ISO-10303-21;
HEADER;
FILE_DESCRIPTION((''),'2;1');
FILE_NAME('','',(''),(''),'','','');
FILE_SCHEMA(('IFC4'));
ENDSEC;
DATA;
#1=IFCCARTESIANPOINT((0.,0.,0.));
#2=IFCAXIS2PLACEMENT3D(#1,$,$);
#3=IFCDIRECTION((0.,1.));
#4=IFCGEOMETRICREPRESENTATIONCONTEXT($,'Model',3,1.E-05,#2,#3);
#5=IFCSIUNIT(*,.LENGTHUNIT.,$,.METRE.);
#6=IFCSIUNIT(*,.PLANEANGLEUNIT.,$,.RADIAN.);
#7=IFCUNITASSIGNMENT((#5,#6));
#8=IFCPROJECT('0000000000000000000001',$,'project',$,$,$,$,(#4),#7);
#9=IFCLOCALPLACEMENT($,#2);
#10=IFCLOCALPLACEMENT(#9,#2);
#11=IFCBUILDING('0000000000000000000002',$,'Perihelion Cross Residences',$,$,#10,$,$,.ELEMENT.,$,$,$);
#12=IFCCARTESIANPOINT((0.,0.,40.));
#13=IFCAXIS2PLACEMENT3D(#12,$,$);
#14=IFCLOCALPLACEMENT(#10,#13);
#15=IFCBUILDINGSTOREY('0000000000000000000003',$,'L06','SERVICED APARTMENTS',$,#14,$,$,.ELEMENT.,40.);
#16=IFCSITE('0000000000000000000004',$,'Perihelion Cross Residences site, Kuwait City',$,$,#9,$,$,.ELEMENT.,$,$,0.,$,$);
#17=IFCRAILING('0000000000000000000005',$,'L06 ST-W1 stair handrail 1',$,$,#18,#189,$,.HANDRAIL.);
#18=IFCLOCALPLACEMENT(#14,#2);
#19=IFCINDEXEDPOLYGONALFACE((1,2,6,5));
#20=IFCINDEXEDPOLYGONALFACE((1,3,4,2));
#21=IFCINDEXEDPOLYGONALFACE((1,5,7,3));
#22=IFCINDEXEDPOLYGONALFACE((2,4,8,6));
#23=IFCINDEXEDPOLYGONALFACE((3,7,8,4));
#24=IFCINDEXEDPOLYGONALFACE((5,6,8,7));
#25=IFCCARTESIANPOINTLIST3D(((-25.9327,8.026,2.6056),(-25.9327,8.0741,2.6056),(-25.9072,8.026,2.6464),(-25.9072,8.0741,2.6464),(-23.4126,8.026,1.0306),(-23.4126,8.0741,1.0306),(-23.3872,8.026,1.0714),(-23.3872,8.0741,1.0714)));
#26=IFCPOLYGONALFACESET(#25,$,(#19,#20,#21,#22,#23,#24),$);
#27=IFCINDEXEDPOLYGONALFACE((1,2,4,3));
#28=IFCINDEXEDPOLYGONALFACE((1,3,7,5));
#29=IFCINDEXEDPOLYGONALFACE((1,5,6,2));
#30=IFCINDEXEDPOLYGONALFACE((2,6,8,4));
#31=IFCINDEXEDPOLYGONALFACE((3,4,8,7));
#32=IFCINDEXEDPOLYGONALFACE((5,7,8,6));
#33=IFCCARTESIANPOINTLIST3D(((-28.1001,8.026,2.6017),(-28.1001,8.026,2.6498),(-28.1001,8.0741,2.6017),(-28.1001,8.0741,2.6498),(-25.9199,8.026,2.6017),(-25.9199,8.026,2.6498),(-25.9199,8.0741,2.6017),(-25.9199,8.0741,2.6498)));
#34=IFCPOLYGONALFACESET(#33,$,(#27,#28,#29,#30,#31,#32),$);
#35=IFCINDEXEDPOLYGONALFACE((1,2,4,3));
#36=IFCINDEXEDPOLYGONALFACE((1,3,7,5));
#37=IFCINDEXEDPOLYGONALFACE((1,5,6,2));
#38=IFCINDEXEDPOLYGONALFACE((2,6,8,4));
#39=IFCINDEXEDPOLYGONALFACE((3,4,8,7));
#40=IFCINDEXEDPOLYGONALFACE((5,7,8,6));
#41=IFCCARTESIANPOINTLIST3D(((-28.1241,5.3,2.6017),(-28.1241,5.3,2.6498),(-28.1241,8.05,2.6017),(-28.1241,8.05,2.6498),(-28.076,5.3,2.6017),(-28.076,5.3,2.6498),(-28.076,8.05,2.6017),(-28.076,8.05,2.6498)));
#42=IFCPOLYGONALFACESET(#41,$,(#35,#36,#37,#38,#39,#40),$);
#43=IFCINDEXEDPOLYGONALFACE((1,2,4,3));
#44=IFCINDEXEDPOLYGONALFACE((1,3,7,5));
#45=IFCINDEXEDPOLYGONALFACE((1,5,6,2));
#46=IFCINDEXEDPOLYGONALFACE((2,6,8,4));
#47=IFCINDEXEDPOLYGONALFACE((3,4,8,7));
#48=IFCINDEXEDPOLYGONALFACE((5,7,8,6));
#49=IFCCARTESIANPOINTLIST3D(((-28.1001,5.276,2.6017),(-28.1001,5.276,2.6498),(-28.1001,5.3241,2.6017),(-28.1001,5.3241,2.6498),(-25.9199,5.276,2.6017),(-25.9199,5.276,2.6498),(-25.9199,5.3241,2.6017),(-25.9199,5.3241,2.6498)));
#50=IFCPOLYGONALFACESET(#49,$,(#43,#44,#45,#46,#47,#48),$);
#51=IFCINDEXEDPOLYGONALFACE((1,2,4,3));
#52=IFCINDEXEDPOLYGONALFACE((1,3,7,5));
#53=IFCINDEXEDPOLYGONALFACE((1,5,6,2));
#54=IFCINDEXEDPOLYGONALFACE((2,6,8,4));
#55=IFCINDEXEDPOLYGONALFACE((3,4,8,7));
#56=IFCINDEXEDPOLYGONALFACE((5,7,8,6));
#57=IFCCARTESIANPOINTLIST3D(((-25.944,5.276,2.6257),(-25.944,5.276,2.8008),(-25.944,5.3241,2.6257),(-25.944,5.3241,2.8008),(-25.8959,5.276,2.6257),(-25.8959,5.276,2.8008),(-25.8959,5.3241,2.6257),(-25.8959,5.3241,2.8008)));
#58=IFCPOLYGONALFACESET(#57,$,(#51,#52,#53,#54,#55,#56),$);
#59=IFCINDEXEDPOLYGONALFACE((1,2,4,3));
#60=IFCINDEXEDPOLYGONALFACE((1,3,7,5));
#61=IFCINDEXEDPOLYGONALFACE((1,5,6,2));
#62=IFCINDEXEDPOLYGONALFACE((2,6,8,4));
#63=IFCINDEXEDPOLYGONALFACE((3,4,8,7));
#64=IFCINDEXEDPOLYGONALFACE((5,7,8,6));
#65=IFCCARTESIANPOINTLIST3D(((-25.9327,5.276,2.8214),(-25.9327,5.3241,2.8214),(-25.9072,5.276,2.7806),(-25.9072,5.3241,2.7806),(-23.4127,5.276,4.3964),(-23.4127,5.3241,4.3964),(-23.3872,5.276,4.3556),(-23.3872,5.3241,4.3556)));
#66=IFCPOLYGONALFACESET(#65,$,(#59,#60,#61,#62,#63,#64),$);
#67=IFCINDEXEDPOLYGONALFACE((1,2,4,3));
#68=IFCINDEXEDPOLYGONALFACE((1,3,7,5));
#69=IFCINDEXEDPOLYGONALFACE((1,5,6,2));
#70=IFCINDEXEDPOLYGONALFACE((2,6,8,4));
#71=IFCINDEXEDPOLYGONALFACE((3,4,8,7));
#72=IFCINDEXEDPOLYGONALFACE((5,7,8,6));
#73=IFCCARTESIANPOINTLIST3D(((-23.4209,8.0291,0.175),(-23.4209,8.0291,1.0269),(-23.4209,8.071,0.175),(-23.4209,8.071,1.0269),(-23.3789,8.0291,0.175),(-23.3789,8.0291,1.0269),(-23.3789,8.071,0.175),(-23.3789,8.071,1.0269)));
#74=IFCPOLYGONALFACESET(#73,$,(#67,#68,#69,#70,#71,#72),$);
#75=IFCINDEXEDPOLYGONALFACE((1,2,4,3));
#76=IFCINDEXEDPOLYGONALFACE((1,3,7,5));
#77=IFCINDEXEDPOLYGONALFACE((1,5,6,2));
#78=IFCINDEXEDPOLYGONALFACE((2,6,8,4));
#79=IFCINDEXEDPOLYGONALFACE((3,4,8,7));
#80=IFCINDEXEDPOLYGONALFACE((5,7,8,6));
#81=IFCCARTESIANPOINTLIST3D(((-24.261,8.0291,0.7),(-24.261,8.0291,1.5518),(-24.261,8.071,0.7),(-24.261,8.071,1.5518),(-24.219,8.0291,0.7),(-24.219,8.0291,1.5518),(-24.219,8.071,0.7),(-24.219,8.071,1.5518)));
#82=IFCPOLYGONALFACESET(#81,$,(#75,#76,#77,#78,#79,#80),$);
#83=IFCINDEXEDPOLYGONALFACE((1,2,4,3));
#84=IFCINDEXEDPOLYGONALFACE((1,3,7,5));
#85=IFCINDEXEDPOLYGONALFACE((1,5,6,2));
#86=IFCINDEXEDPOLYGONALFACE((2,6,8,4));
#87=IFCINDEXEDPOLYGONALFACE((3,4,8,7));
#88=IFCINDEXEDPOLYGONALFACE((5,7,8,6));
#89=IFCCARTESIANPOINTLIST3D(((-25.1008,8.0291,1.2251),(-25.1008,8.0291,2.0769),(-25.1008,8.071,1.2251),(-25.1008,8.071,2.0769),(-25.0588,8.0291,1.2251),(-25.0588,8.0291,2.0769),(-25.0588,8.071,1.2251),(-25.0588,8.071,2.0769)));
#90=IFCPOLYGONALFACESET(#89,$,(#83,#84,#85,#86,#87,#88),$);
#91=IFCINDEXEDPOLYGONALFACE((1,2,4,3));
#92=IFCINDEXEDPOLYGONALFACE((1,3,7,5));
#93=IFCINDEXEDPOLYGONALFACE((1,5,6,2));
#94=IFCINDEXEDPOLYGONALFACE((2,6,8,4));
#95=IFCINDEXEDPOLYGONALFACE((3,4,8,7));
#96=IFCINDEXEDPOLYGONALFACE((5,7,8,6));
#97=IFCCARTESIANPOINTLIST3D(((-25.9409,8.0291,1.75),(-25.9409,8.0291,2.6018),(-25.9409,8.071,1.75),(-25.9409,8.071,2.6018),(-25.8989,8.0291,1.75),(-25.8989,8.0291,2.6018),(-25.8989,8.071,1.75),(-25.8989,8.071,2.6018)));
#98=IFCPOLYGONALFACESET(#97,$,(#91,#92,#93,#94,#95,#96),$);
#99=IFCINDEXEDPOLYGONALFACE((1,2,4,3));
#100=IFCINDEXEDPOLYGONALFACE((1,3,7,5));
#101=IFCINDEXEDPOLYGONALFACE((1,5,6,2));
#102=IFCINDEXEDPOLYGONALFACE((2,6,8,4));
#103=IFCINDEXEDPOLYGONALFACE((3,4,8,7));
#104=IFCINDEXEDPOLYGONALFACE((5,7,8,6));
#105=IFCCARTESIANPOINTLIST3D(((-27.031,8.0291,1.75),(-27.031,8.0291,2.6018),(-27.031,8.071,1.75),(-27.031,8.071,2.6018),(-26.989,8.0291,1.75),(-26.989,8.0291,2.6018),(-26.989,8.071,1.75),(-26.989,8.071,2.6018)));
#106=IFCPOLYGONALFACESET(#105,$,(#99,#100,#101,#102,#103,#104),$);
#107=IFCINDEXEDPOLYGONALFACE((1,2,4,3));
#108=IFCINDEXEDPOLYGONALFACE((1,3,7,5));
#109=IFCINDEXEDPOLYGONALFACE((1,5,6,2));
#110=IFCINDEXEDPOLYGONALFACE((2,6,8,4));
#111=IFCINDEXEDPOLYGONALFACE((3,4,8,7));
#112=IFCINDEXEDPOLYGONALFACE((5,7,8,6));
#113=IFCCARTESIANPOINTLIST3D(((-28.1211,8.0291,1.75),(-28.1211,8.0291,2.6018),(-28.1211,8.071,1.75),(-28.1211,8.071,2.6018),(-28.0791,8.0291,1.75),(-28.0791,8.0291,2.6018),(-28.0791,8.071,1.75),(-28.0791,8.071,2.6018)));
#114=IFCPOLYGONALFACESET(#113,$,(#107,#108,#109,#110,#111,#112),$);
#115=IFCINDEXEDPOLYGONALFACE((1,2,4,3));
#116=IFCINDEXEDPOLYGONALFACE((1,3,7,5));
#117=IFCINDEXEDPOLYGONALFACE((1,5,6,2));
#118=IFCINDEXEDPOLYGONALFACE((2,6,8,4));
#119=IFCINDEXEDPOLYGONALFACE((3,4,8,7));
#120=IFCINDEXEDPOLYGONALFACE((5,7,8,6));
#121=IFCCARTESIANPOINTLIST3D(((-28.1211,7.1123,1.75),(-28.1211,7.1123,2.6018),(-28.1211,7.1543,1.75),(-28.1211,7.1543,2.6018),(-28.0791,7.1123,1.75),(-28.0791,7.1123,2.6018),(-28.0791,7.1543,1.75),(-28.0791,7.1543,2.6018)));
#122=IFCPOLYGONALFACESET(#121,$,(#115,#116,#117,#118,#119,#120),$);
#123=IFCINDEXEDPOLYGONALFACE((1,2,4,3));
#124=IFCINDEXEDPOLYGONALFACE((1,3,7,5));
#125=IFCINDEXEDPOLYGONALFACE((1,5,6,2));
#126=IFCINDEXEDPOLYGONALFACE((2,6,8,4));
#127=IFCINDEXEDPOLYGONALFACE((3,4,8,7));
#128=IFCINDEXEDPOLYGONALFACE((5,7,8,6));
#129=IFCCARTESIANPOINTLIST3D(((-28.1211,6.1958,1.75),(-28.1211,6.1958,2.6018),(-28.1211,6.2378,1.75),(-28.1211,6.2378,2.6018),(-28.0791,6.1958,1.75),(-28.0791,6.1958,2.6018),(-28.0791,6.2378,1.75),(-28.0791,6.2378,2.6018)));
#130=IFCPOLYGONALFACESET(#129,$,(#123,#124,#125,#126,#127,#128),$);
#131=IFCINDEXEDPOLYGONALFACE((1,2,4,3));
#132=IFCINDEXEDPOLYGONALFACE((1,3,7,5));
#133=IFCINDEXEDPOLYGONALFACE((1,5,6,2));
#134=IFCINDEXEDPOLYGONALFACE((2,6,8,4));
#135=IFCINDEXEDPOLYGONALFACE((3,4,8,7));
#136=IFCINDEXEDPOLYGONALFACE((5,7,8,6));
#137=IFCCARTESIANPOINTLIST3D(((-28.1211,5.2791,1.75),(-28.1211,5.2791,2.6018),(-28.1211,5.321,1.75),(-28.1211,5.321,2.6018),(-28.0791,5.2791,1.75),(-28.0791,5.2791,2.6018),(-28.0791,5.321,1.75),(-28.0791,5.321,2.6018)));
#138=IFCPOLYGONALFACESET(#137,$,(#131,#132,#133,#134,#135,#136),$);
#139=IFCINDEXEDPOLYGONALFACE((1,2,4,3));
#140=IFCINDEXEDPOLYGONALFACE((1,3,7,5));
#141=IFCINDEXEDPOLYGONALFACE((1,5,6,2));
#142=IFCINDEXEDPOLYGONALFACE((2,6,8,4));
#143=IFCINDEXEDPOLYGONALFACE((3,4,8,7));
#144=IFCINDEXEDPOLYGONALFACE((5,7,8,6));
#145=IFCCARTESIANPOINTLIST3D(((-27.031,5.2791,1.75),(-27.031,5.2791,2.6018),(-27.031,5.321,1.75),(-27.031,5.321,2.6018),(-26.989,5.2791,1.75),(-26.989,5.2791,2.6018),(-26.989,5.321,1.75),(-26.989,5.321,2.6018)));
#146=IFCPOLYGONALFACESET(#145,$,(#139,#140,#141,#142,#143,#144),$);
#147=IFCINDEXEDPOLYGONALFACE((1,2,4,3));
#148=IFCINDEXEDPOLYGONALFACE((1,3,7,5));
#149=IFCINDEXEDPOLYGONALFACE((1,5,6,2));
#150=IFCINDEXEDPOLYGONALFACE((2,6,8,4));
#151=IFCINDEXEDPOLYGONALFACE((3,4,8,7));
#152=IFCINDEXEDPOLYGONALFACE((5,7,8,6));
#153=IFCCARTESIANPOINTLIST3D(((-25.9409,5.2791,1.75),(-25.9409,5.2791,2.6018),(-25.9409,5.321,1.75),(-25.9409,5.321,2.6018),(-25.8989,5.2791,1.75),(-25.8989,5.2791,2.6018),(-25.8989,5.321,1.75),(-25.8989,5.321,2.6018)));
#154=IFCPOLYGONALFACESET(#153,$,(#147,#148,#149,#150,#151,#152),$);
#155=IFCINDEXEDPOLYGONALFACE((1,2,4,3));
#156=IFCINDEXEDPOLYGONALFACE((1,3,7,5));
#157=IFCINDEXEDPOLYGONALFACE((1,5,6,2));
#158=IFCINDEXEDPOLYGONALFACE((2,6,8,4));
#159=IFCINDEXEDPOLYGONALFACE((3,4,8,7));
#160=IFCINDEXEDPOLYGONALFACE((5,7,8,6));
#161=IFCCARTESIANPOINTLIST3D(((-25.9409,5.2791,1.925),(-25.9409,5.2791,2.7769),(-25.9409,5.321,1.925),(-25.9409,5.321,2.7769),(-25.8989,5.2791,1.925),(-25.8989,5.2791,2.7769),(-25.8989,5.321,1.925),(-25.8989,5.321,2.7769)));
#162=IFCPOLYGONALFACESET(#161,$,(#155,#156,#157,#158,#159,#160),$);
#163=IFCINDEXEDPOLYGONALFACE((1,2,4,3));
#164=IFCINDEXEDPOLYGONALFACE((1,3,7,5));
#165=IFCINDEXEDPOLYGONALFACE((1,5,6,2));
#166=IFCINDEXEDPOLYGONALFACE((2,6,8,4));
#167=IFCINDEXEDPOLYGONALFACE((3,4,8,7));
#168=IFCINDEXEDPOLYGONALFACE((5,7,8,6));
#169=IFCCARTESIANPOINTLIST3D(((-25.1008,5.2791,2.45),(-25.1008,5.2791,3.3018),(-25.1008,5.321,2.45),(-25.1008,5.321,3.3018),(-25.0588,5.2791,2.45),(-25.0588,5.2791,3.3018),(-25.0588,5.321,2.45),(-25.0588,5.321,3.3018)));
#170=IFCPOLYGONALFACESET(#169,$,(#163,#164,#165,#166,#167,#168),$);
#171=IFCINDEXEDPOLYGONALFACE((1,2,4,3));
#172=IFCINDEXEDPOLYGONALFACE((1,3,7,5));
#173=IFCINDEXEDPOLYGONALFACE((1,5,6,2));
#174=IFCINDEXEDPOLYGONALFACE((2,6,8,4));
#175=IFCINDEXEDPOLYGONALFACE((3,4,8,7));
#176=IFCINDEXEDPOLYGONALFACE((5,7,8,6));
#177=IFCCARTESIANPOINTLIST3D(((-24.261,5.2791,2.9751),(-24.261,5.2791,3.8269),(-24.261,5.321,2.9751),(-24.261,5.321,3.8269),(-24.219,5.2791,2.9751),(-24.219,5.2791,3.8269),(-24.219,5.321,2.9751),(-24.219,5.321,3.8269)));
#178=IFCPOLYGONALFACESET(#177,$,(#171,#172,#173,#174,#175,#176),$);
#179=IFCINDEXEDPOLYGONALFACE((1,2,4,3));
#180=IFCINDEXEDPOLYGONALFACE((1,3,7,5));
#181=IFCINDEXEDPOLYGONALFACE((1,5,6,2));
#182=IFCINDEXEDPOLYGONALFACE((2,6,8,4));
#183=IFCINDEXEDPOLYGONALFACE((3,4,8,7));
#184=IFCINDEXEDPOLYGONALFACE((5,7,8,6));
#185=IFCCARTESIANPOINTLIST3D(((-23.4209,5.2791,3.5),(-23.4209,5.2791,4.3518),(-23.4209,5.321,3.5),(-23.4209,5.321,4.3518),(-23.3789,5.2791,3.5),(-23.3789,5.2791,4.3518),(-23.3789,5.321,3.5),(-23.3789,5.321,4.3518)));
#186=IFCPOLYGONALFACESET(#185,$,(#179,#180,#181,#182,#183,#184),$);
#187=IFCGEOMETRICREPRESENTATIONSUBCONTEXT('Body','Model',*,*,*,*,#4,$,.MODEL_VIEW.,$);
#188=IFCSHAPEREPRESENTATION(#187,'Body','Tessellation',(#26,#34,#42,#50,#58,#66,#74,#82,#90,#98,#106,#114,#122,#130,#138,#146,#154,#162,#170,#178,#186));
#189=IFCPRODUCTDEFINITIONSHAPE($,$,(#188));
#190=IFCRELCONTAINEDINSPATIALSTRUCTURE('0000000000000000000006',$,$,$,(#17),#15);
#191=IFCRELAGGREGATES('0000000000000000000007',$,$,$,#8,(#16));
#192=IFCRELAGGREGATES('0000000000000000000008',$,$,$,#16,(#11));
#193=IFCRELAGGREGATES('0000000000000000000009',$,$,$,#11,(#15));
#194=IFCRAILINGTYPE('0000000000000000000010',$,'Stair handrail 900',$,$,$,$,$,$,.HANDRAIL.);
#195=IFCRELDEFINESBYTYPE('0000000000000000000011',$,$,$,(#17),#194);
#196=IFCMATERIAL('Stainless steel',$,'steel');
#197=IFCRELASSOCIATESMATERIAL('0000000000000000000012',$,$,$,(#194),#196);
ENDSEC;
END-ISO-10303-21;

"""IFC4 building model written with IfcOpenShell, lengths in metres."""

from ifc_helpers import new_model, si_unit, direction, frame, origin, origin_2d, place, context, subcontext, project, spatial, rectangle, extrude, material, type_object, element, save


model = new_model("IFC4")

# Units and contexts
model_context = context("Model", 3, precision=1e-05, world=origin(), true_north=direction((0.0, 1.0)))
body_context = subcontext(model_context, "Body", "Model", "MODEL_VIEW")
ifc_project = project(units=[si_unit("LENGTHUNIT", "METRE"), si_unit("PLANEANGLEUNIT", "RADIAN")], contexts=[model_context])

# Site, building, storey
site_placement = place(None, origin())
site = spatial("IfcSite", under=ifc_project, at=site_placement, Name="Perihelion Cross Residences site, Kuwait City", CompositionType="ELEMENT", RefElevation=0.0)
building_placement = place(site_placement, origin())
building = spatial("IfcBuilding", under=site, at=building_placement, Name="Perihelion Cross Residences", CompositionType="ELEMENT")
storey_placement = place(building_placement, frame((0.0, 0.0, 40.0)))
storey = spatial("IfcBuildingStorey", under=building, at=storey_placement, Name="L06", Description="SERVICED APARTMENTS", CompositionType="ELEMENT", Elevation=40.0)

# Railing
ifc_material_1 = material(Name="Stainless steel", Category="steel")
railing_type_1 = type_object("IfcRailingType", Name="Stair handrail 900", PredefinedType="HANDRAIL", material=ifc_material_1)
railing_1_placement = place(storey_placement, frame((-23.3999, 8.05, 0.175)))
element("IfcRailing", 1, at=railing_1_placement, inside=storey, type_object=railing_type_1, Name="L06 ST-W1 stair handrail 1", PredefinedType="HANDRAIL", context=body_context, shape_type="SweptSolid", body=[
    extrude(rectangle(XDim=0.0481, YDim=0.0481, at=origin_2d()), frame((0.0, 0.0, 0.876), z_axis=(-0.848008, 0.0, 0.529984), x_axis=(0.0, -1.0, 0.0)), (0.0, 0.0, 1.0), 2.9717),
    extrude(rectangle(XDim=0.0481, YDim=0.0481, at=origin_2d()), frame((-2.52, 0.0, 2.4507), z_axis=(-1.0, 0.0, 0.0), x_axis=(0.0, -1.0, 0.0)), (0.0, 0.0, 1.0), 2.1802),
    extrude(rectangle(XDim=0.0481, YDim=0.0481, at=origin_2d()), frame((-4.7002, 0.0, 2.4507), z_axis=(0.0, -1.0, 0.0), x_axis=(1.0, 0.0, 0.0)), (0.0, 0.0, 1.0), 2.75),
    extrude(rectangle(XDim=0.0481, YDim=0.0481, at=origin_2d()), frame((-4.7002, -2.75, 2.4507), z_axis=(1.0, 0.0, 0.0), x_axis=(0.0, 1.0, 0.0)), (0.0, 0.0, 1.0), 2.1802),
    extrude(rectangle(XDim=0.0481, YDim=0.0481, at=origin_2d()), frame((-2.52, -2.75, 2.4507), z_axis=(0.0, 0.0, 1.0), x_axis=(1.0, 0.0, 0.0)), (0.0, 0.0, 1.0), 0.175),
    extrude(rectangle(XDim=0.0481, YDim=0.0481, at=origin_2d()), frame((-2.52, -2.75, 2.626), z_axis=(0.848008, 0.0, 0.529984), x_axis=(0.0, 1.0, 0.0)), (0.0, 0.0, 1.0), 2.9717),
    extrude(rectangle(XDim=0.042, YDim=0.042, at=origin_2d()), origin(), (0.0, 0.0, 1.0), 0.8518),
    extrude(rectangle(XDim=0.042, YDim=0.042, at=origin_2d()), frame((-0.8401, 0.0, 0.5249)), (0.0, 0.0, 1.0), 0.8518),
    extrude(rectangle(XDim=0.042, YDim=0.042, at=origin_2d()), frame((-1.6799, 0.0, 1.05)), (0.0, 0.0, 1.0), 0.8518),
    extrude(rectangle(XDim=0.042, YDim=0.042, at=origin_2d()), frame((-2.52, 0.0, 1.575)), (0.0, 0.0, 1.0), 0.8518),
    extrude(rectangle(XDim=0.042, YDim=0.042, at=origin_2d()), frame((-3.6101, 0.0, 1.575)), (0.0, 0.0, 1.0), 0.8518),
    extrude(rectangle(XDim=0.042, YDim=0.042, at=origin_2d()), frame((-4.7002, 0.0, 1.575)), (0.0, 0.0, 1.0), 0.8518),
    extrude(rectangle(XDim=0.042, YDim=0.042, at=origin_2d()), frame((-4.7002, -0.9167, 1.575)), (0.0, 0.0, 1.0), 0.8518),
    extrude(rectangle(XDim=0.042, YDim=0.042, at=origin_2d()), frame((-4.7002, -1.8333, 1.575)), (0.0, 0.0, 1.0), 0.8518),
    extrude(rectangle(XDim=0.042, YDim=0.042, at=origin_2d()), frame((-4.7002, -2.75, 1.575)), (0.0, 0.0, 1.0), 0.8518),
    extrude(rectangle(XDim=0.042, YDim=0.042, at=origin_2d()), frame((-3.6101, -2.75, 1.575)), (0.0, 0.0, 1.0), 0.8518),
    extrude(rectangle(XDim=0.042, YDim=0.042, at=origin_2d()), frame((-2.52, -2.75, 1.575)), (0.0, 0.0, 1.0), 0.8518),
    extrude(rectangle(XDim=0.042, YDim=0.042, at=origin_2d()), frame((-2.52, -2.75, 1.75)), (0.0, 0.0, 1.0), 0.8518),
    extrude(rectangle(XDim=0.042, YDim=0.042, at=origin_2d()), frame((-1.6799, -2.75, 2.2749)), (0.0, 0.0, 1.0), 0.8518),
    extrude(rectangle(XDim=0.042, YDim=0.042, at=origin_2d()), frame((-0.8401, -2.75, 2.8)), (0.0, 0.0, 1.0), 0.8518),
    extrude(rectangle(XDim=0.042, YDim=0.042, at=origin_2d()), frame((0.0, -2.75, 3.325)), (0.0, 0.0, 1.0), 0.8518),
])

save(model, "model.ifc")
